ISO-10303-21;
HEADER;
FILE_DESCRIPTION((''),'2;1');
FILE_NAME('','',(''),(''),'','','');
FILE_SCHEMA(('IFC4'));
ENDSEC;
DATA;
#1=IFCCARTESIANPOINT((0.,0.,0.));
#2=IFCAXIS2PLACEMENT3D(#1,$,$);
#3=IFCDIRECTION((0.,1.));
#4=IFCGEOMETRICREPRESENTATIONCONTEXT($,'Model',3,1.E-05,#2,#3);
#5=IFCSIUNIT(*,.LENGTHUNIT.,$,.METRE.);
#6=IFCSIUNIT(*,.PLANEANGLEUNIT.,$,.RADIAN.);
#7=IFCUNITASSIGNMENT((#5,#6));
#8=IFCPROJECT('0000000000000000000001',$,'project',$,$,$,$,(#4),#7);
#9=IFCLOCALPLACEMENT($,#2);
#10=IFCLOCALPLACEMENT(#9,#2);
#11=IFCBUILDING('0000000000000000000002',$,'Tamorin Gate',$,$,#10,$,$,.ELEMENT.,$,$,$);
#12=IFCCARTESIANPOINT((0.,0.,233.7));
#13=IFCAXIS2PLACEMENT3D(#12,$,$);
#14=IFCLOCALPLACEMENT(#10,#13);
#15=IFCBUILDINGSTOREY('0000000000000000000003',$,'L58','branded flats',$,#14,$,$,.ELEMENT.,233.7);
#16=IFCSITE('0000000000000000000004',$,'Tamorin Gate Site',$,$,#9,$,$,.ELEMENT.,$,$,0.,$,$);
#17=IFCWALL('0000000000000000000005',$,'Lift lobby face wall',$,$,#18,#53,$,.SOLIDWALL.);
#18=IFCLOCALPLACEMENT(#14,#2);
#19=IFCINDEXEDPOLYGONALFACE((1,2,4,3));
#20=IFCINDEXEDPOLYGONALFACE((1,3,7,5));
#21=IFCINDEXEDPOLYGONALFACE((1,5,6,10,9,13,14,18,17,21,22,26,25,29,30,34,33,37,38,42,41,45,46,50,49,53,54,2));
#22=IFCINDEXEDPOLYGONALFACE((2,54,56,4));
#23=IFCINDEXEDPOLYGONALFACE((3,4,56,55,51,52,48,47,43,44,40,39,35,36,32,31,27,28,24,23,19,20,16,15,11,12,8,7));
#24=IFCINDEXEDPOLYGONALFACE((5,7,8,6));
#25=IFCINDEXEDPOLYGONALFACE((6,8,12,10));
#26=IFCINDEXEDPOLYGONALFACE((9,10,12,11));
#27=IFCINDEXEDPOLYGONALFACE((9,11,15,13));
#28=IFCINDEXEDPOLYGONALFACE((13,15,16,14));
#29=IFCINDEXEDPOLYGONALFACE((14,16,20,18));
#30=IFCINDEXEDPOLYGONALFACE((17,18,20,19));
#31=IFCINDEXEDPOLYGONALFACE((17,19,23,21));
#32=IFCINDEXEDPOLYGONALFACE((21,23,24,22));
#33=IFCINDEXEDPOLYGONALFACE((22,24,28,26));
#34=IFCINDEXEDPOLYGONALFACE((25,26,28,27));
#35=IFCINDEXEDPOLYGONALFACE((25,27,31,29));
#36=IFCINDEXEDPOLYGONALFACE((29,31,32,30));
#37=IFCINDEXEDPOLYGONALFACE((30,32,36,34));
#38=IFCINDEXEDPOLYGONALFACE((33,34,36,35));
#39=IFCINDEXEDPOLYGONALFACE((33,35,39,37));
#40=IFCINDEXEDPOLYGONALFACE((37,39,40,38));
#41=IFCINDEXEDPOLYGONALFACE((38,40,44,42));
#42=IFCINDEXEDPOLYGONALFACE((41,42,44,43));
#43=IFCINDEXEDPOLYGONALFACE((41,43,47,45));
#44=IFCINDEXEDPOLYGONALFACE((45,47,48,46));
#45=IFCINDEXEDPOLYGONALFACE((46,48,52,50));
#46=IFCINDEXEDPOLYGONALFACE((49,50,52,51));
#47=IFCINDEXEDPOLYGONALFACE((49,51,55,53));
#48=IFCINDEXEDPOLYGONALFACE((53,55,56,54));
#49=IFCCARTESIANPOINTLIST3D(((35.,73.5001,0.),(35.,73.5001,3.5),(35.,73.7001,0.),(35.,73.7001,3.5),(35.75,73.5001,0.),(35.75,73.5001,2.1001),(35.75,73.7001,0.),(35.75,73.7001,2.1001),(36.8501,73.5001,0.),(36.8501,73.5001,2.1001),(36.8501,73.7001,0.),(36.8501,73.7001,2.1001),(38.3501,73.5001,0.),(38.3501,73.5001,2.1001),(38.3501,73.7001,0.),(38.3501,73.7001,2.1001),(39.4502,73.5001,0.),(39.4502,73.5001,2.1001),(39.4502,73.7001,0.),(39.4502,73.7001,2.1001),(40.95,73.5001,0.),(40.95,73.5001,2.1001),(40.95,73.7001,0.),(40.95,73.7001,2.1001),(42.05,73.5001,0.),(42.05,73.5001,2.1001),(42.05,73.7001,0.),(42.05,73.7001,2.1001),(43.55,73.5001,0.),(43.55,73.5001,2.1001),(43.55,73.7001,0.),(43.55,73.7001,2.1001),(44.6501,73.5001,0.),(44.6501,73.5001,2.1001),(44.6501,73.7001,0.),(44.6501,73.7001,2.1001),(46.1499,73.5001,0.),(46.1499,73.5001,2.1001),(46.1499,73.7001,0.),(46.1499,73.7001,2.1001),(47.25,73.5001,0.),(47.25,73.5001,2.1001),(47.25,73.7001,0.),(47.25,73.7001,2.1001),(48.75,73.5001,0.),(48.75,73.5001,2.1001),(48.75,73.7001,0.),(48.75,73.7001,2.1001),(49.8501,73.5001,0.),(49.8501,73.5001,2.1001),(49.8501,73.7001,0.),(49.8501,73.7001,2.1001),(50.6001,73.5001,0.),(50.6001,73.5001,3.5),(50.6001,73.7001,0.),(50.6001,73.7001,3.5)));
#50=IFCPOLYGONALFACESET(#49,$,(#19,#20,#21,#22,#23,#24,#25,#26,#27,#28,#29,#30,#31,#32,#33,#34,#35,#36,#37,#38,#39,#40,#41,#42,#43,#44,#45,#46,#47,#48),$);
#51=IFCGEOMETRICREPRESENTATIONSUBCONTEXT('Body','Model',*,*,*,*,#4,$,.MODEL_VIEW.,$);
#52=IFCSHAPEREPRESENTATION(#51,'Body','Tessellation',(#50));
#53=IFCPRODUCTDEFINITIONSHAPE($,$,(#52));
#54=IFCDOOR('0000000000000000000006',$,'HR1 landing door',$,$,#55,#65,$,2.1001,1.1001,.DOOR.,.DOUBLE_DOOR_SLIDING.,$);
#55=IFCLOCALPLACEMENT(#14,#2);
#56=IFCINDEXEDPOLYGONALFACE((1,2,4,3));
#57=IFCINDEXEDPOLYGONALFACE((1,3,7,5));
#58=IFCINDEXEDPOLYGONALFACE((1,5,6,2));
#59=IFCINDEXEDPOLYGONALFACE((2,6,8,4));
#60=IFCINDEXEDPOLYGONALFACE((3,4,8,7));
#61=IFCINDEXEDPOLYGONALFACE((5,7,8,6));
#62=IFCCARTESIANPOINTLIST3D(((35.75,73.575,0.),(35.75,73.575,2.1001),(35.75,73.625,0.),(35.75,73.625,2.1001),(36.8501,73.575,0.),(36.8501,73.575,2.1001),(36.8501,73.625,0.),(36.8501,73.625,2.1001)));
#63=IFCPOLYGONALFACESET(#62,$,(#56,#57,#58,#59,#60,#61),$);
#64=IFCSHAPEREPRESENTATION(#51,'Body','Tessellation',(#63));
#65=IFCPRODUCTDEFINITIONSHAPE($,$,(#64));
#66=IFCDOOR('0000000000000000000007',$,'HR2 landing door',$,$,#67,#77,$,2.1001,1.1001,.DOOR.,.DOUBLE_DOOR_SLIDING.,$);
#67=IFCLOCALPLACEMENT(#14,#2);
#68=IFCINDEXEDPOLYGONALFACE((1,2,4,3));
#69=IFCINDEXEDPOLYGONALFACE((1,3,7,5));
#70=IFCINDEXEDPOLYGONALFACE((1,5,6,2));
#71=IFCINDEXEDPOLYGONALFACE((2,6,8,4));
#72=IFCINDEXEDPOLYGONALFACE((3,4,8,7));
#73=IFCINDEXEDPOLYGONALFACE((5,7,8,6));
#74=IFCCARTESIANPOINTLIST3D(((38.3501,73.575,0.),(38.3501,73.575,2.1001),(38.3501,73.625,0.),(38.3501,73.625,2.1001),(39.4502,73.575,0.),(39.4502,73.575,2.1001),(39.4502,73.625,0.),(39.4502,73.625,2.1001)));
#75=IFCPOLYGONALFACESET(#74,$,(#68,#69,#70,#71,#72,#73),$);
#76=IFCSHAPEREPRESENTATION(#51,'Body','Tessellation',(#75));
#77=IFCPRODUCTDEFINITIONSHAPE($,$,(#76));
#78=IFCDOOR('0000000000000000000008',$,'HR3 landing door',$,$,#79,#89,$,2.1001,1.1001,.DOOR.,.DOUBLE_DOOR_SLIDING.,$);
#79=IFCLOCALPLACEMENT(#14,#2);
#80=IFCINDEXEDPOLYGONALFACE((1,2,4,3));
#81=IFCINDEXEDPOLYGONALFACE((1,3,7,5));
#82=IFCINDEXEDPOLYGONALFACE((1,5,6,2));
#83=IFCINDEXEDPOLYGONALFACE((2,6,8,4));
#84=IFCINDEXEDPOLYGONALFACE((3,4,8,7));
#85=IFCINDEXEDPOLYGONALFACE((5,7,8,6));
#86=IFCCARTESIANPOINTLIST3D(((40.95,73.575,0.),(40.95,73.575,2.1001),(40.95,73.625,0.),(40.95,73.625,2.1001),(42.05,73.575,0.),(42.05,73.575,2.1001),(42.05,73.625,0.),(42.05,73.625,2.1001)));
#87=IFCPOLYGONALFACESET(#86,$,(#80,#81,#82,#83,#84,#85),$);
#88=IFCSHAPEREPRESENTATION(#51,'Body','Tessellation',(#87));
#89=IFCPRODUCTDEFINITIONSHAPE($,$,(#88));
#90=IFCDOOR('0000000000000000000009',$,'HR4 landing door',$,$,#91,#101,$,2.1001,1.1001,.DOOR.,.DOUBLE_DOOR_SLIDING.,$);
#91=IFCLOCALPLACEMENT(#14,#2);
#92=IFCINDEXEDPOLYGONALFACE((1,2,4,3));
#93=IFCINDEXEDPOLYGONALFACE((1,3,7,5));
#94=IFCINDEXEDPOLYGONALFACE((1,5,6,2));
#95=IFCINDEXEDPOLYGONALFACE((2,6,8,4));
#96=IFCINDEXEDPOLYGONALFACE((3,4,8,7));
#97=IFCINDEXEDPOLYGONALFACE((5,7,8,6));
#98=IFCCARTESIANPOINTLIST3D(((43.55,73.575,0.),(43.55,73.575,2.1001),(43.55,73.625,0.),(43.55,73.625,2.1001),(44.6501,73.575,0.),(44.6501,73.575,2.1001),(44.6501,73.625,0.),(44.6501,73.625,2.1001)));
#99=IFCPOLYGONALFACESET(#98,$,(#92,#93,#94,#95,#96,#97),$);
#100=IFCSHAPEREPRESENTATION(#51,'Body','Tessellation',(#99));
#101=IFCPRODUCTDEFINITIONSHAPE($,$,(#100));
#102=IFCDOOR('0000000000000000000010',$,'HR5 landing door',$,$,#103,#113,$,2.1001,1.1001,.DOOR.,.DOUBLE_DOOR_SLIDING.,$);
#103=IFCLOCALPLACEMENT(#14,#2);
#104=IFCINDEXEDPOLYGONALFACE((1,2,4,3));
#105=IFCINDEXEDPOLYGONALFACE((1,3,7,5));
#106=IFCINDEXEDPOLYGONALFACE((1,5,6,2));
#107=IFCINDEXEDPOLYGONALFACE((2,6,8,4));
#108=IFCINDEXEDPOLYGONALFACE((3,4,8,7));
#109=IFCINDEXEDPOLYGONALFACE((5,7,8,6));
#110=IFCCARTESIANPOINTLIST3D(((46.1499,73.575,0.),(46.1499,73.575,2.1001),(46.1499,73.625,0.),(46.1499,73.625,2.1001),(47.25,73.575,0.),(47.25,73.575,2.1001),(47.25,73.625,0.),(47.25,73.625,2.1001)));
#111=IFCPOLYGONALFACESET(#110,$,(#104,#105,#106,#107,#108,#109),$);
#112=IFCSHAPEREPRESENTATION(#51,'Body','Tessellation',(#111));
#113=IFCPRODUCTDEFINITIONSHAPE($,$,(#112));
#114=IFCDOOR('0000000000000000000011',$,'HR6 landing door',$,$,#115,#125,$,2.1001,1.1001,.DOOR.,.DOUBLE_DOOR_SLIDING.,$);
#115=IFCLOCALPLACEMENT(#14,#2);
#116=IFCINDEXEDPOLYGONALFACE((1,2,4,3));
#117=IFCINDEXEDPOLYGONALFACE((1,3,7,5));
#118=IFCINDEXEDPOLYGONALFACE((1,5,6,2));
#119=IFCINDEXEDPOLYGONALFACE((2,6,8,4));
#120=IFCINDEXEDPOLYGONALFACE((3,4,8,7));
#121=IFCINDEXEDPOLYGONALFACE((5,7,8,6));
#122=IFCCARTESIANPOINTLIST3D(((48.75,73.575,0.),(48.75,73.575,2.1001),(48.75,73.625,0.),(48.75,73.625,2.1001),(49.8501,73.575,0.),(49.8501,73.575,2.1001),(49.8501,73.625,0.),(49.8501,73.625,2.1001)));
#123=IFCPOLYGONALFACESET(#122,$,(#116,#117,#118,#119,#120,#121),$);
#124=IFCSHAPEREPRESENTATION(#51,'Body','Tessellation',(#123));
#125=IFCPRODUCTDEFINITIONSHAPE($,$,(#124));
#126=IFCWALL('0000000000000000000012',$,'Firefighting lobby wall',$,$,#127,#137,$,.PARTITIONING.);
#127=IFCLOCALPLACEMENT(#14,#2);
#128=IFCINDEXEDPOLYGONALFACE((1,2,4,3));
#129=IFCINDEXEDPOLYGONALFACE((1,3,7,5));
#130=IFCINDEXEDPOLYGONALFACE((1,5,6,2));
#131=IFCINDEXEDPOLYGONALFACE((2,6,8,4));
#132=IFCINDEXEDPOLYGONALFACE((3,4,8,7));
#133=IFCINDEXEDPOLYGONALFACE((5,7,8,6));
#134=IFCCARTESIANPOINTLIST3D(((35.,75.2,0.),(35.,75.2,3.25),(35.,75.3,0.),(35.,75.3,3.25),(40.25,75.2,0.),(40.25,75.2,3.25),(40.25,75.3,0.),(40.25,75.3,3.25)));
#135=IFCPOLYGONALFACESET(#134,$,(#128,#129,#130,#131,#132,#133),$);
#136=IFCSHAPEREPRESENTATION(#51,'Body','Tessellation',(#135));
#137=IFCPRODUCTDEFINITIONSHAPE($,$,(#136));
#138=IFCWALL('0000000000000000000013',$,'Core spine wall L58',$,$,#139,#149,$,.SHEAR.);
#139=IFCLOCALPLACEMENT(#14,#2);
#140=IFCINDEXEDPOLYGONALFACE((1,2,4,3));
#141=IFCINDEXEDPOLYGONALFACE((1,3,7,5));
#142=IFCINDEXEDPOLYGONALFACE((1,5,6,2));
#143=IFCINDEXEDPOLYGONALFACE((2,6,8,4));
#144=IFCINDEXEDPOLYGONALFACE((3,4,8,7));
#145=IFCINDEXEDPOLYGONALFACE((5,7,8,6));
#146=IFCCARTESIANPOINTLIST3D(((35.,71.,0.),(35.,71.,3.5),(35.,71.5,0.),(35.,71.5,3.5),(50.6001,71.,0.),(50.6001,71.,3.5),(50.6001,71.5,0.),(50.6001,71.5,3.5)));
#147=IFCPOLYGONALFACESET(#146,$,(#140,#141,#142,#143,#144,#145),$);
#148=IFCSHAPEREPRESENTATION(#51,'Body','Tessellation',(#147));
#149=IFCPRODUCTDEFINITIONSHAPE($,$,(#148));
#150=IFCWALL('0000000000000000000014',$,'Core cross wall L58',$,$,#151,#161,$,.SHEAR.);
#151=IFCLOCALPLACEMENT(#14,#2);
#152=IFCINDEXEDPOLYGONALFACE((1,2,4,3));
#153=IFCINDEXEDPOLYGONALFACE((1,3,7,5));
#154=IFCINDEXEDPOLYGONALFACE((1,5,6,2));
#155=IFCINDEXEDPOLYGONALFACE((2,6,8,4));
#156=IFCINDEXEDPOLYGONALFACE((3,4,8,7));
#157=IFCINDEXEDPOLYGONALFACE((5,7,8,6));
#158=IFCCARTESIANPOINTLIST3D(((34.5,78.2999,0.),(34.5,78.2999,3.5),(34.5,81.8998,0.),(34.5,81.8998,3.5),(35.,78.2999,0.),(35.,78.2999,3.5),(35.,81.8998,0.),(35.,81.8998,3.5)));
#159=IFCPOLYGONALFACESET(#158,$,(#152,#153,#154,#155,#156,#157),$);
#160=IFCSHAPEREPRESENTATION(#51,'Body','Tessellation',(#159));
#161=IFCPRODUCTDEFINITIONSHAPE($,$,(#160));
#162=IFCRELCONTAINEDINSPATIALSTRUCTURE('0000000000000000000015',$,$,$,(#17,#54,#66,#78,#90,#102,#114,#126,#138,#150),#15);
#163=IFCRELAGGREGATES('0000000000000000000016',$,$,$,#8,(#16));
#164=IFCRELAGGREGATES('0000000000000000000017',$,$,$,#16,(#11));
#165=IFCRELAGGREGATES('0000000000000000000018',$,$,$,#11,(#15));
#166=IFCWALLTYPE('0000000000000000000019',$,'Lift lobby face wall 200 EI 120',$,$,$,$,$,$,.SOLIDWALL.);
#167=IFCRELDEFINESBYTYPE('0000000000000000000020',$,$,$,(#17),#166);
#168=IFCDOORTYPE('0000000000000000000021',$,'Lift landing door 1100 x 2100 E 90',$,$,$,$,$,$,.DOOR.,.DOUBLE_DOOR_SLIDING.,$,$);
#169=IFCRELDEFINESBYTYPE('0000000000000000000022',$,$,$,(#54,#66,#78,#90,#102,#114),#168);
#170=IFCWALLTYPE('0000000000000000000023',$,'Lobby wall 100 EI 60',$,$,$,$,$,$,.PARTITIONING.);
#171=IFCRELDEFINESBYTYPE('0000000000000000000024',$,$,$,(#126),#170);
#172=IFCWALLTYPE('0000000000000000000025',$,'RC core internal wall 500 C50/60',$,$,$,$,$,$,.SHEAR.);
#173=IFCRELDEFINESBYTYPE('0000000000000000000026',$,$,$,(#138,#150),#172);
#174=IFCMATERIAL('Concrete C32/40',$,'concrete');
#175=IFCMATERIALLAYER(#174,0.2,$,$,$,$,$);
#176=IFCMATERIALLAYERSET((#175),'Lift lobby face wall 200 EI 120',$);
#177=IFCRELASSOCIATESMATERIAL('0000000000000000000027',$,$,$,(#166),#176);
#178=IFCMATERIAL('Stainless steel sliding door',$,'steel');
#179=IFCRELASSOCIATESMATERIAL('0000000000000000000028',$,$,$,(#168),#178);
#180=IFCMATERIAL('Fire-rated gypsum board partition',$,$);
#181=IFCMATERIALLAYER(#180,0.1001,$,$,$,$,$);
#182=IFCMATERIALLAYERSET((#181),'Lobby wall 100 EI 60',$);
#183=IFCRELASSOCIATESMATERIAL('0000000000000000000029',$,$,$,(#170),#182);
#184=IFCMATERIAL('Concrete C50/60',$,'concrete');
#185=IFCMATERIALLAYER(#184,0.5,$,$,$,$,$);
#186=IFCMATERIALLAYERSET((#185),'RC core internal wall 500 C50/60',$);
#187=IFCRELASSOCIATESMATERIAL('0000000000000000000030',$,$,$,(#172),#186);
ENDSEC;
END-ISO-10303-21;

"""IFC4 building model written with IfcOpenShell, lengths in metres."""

from ifc_helpers import new_model, si_unit, direction, frame, frame_2d, origin, place, context, subcontext, project, spatial, rectangle, extrude, material, layer, layer_set, type_object, element, fill, save


model = new_model("IFC4")

# Units and contexts
model_context = context("Model", 3, precision=1e-05, world=origin(), true_north=direction((0.0, 1.0)))
body_context = subcontext(model_context, "Body", "Model", "MODEL_VIEW")
ifc_project = project(units=[si_unit("LENGTHUNIT", "METRE"), si_unit("PLANEANGLEUNIT", "RADIAN")], contexts=[model_context])

# Site, building, storey
site_placement = place(None, origin())
site = spatial("IfcSite", under=ifc_project, at=site_placement, Name="Tamorin Gate Site", CompositionType="ELEMENT", RefElevation=0.0)
building_placement = place(site_placement, origin())
building = spatial("IfcBuilding", under=site, at=building_placement, Name="Tamorin Gate", CompositionType="ELEMENT")
storey_placement = place(building_placement, frame((0.0, 0.0, 233.7)))
storey = spatial("IfcBuildingStorey", under=building, at=storey_placement, Name="L58", Description="branded flats", CompositionType="ELEMENT", Elevation=233.7)

# Wall, openings, doors
ifc_material_1 = material(Name="Concrete C32/40", Category="concrete")
ifc_layer_1 = layer(ifc_material_1, 0.2)
ifc_layer_set_1 = layer_set([ifc_layer_1], Name="Lift lobby face wall 200 EI 120")
wall_type_1 = type_object("IfcWallType", Name="Lift lobby face wall 200 EI 120", PredefinedType="SOLIDWALL", material=ifc_layer_set_1)
wall_1_placement = place(storey_placement, frame((35.0, 73.6001, 0.0), z_axis=(0.0, 0.0, 1.0), x_axis=(1.0, 0.0, 0.0)))
wall_1 = element("IfcWall", 1, at=wall_1_placement, inside=storey, type_object=wall_type_1, Name="Lift lobby face wall", PredefinedType="SOLIDWALL", context=body_context, shape_type="SweptSolid", body=[
    extrude(rectangle(XDim=15.6001, YDim=0.2, at=frame_2d((7.8, 0.0))), origin(), (0.0, 0.0, 1.0), 3.5),
])
opening_1_placement = place(wall_1_placement, frame((0.75, 0.0, 0.0)))
opening_1 = element("IfcOpeningElement", 2, at=opening_1_placement, cuts=wall_1, PredefinedType="OPENING", context=body_context, shape_type="SweptSolid", body=[
    extrude(rectangle(XDim=1.1001, YDim=2.1001, at=frame_2d((0.55, 1.05))), frame((0.0, 0.1099, 0.0), z_axis=(0.0, -1.0, 0.0), x_axis=(1.0, 0.0, 0.0)), (0.0, 0.0, 1.0), 0.22),
])
opening_2_placement = place(wall_1_placement, frame((3.3501, 0.0, 0.0)))
opening_2 = element("IfcOpeningElement", 3, at=opening_2_placement, cuts=wall_1, PredefinedType="OPENING", context=body_context, shape_type="SweptSolid", body=[
    extrude(rectangle(XDim=1.1001, YDim=2.1001, at=frame_2d((0.55, 1.05))), frame((0.0, 0.1099, 0.0), z_axis=(0.0, -1.0, 0.0), x_axis=(1.0, 0.0, 0.0)), (0.0, 0.0, 1.0), 0.22),
])
opening_3_placement = place(wall_1_placement, frame((5.95, 0.0, 0.0)))
opening_3 = element("IfcOpeningElement", 4, at=opening_3_placement, cuts=wall_1, PredefinedType="OPENING", context=body_context, shape_type="SweptSolid", body=[
    extrude(rectangle(XDim=1.1001, YDim=2.1001, at=frame_2d((0.55, 1.05))), frame((0.0, 0.1099, 0.0), z_axis=(0.0, -1.0, 0.0), x_axis=(1.0, 0.0, 0.0)), (0.0, 0.0, 1.0), 0.22),
])
opening_4_placement = place(wall_1_placement, frame((8.55, 0.0, 0.0)))
opening_4 = element("IfcOpeningElement", 5, at=opening_4_placement, cuts=wall_1, PredefinedType="OPENING", context=body_context, shape_type="SweptSolid", body=[
    extrude(rectangle(XDim=1.1001, YDim=2.1001, at=frame_2d((0.55, 1.05))), frame((0.0, 0.1099, 0.0), z_axis=(0.0, -1.0, 0.0), x_axis=(1.0, 0.0, 0.0)), (0.0, 0.0, 1.0), 0.22),
])
opening_5_placement = place(wall_1_placement, frame((11.1499, 0.0, 0.0)))
opening_5 = element("IfcOpeningElement", 6, at=opening_5_placement, cuts=wall_1, PredefinedType="OPENING", context=body_context, shape_type="SweptSolid", body=[
    extrude(rectangle(XDim=1.1001, YDim=2.1001, at=frame_2d((0.55, 1.05))), frame((0.0, 0.1099, 0.0), z_axis=(0.0, -1.0, 0.0), x_axis=(1.0, 0.0, 0.0)), (0.0, 0.0, 1.0), 0.22),
])
opening_6_placement = place(wall_1_placement, frame((13.75, 0.0, 0.0)))
opening_6 = element("IfcOpeningElement", 7, at=opening_6_placement, cuts=wall_1, PredefinedType="OPENING", context=body_context, shape_type="SweptSolid", body=[
    extrude(rectangle(XDim=1.1001, YDim=2.1001, at=frame_2d((0.55, 1.05))), frame((0.0, 0.1099, 0.0), z_axis=(0.0, -1.0, 0.0), x_axis=(1.0, 0.0, 0.0)), (0.0, 0.0, 1.0), 0.22),
])
ifc_material_2 = material(Name="Stainless steel sliding door", Category="steel")
door_type_1 = type_object("IfcDoorType", Name="Lift landing door 1100 x 2100 E 90", OperationType="DOUBLE_DOOR_SLIDING", PredefinedType="DOOR", material=ifc_material_2)
door_1_placement = place(opening_1_placement, origin())
door_1 = element("IfcDoor", 8, at=door_1_placement, inside=storey, type_object=door_type_1, Name="HR1 landing door", OperationType="DOUBLE_DOOR_SLIDING", OverallHeight=2.1001, OverallWidth=1.1001, PredefinedType="DOOR", context=body_context, shape_type="SweptSolid", body=[
    extrude(rectangle(XDim=1.1001, YDim=2.1001, at=frame_2d((0.55, 1.05))), frame((0.0, 0.0249, 0.0), z_axis=(0.0, -1.0, 0.0), x_axis=(1.0, 0.0, 0.0)), (0.0, 0.0, 1.0), 0.05),
])
fill(opening_1, door_1)
door_2_placement = place(opening_2_placement, origin())
door_2 = element("IfcDoor", 9, at=door_2_placement, inside=storey, type_object=door_type_1, Name="HR2 landing door", OperationType="DOUBLE_DOOR_SLIDING", OverallHeight=2.1001, OverallWidth=1.1001, PredefinedType="DOOR", context=body_context, shape_type="SweptSolid", body=[
    extrude(rectangle(XDim=1.1001, YDim=2.1001, at=frame_2d((0.55, 1.05))), frame((0.0, 0.0249, 0.0), z_axis=(0.0, -1.0, 0.0), x_axis=(1.0, 0.0, 0.0)), (0.0, 0.0, 1.0), 0.05),
])
fill(opening_2, door_2)
door_3_placement = place(opening_3_placement, origin())
door_3 = element("IfcDoor", 10, at=door_3_placement, inside=storey, type_object=door_type_1, Name="HR3 landing door", OperationType="DOUBLE_DOOR_SLIDING", OverallHeight=2.1001, OverallWidth=1.1001, PredefinedType="DOOR", context=body_context, shape_type="SweptSolid", body=[
    extrude(rectangle(XDim=1.1001, YDim=2.1001, at=frame_2d((0.55, 1.05))), frame((0.0, 0.0249, 0.0), z_axis=(0.0, -1.0, 0.0), x_axis=(1.0, 0.0, 0.0)), (0.0, 0.0, 1.0), 0.05),
])
fill(opening_3, door_3)
door_4_placement = place(opening_4_placement, origin())
door_4 = element("IfcDoor", 11, at=door_4_placement, inside=storey, type_object=door_type_1, Name="HR4 landing door", OperationType="DOUBLE_DOOR_SLIDING", OverallHeight=2.1001, OverallWidth=1.1001, PredefinedType="DOOR", context=body_context, shape_type="SweptSolid", body=[
    extrude(rectangle(XDim=1.1001, YDim=2.1001, at=frame_2d((0.55, 1.05))), frame((0.0, 0.0249, 0.0), z_axis=(0.0, -1.0, 0.0), x_axis=(1.0, 0.0, 0.0)), (0.0, 0.0, 1.0), 0.05),
])
fill(opening_4, door_4)
door_5_placement = place(opening_5_placement, origin())
door_5 = element("IfcDoor", 12, at=door_5_placement, inside=storey, type_object=door_type_1, Name="HR5 landing door", OperationType="DOUBLE_DOOR_SLIDING", OverallHeight=2.1001, OverallWidth=1.1001, PredefinedType="DOOR", context=body_context, shape_type="SweptSolid", body=[
    extrude(rectangle(XDim=1.1001, YDim=2.1001, at=frame_2d((0.55, 1.05))), frame((0.0, 0.0249, 0.0), z_axis=(0.0, -1.0, 0.0), x_axis=(1.0, 0.0, 0.0)), (0.0, 0.0, 1.0), 0.05),
])
fill(opening_5, door_5)
door_6_placement = place(opening_6_placement, origin())
door_6 = element("IfcDoor", 13, at=door_6_placement, inside=storey, type_object=door_type_1, Name="HR6 landing door", OperationType="DOUBLE_DOOR_SLIDING", OverallHeight=2.1001, OverallWidth=1.1001, PredefinedType="DOOR", context=body_context, shape_type="SweptSolid", body=[
    extrude(rectangle(XDim=1.1001, YDim=2.1001, at=frame_2d((0.55, 1.05))), frame((0.0, 0.0249, 0.0), z_axis=(0.0, -1.0, 0.0), x_axis=(1.0, 0.0, 0.0)), (0.0, 0.0, 1.0), 0.05),
])
fill(opening_6, door_6)

# Walls
ifc_material_3 = material(Name="Fire-rated gypsum board partition")
ifc_layer_2 = layer(ifc_material_3, 0.1001)
ifc_layer_set_2 = layer_set([ifc_layer_2], Name="Lobby wall 100 EI 60")
wall_type_2 = type_object("IfcWallType", Name="Lobby wall 100 EI 60", PredefinedType="PARTITIONING", material=ifc_layer_set_2)
wall_2_placement = place(storey_placement, frame((35.0, 75.25, 0.0), z_axis=(0.0, 0.0, 1.0), x_axis=(1.0, 0.0, 0.0)))
element("IfcWall", 14, at=wall_2_placement, inside=storey, type_object=wall_type_2, Name="Firefighting lobby wall", PredefinedType="PARTITIONING", context=body_context, shape_type="SweptSolid", body=[
    extrude(rectangle(XDim=5.25, YDim=0.1001, at=frame_2d((2.625, 0.0))), origin(), (0.0, 0.0, 1.0), 3.25),
])
ifc_material_4 = material(Name="Concrete C50/60", Category="concrete")
ifc_layer_3 = layer(ifc_material_4, 0.5)
ifc_layer_set_3 = layer_set([ifc_layer_3], Name="RC core internal wall 500 C50/60")
wall_type_3 = type_object("IfcWallType", Name="RC core internal wall 500 C50/60", PredefinedType="SHEAR", material=ifc_layer_set_3)
wall_3_placement = place(storey_placement, frame((35.0, 71.25, 0.0), z_axis=(0.0, 0.0, 1.0), x_axis=(1.0, 0.0, 0.0)))
element("IfcWall", 15, at=wall_3_placement, inside=storey, type_object=wall_type_3, Name="Core spine wall L58", PredefinedType="SHEAR", context=body_context, shape_type="SweptSolid", body=[
    extrude(rectangle(XDim=15.6001, YDim=0.5, at=frame_2d((7.8, 0.0))), origin(), (0.0, 0.0, 1.0), 3.5),
])
wall_4_placement = place(storey_placement, frame((34.75, 78.3, 0.0), z_axis=(0.0, 0.0, 1.0), x_axis=(0.0, 1.0, 0.0)))
element("IfcWall", 16, at=wall_4_placement, inside=storey, type_object=wall_type_3, Name="Core cross wall L58", PredefinedType="SHEAR", context=body_context, shape_type="SweptSolid", body=[
    extrude(rectangle(XDim=3.5999, YDim=0.5, at=frame_2d((1.7998, 0.0))), origin(), (0.0, 0.0, 1.0), 3.5),
])

save(model, "model.ifc")
